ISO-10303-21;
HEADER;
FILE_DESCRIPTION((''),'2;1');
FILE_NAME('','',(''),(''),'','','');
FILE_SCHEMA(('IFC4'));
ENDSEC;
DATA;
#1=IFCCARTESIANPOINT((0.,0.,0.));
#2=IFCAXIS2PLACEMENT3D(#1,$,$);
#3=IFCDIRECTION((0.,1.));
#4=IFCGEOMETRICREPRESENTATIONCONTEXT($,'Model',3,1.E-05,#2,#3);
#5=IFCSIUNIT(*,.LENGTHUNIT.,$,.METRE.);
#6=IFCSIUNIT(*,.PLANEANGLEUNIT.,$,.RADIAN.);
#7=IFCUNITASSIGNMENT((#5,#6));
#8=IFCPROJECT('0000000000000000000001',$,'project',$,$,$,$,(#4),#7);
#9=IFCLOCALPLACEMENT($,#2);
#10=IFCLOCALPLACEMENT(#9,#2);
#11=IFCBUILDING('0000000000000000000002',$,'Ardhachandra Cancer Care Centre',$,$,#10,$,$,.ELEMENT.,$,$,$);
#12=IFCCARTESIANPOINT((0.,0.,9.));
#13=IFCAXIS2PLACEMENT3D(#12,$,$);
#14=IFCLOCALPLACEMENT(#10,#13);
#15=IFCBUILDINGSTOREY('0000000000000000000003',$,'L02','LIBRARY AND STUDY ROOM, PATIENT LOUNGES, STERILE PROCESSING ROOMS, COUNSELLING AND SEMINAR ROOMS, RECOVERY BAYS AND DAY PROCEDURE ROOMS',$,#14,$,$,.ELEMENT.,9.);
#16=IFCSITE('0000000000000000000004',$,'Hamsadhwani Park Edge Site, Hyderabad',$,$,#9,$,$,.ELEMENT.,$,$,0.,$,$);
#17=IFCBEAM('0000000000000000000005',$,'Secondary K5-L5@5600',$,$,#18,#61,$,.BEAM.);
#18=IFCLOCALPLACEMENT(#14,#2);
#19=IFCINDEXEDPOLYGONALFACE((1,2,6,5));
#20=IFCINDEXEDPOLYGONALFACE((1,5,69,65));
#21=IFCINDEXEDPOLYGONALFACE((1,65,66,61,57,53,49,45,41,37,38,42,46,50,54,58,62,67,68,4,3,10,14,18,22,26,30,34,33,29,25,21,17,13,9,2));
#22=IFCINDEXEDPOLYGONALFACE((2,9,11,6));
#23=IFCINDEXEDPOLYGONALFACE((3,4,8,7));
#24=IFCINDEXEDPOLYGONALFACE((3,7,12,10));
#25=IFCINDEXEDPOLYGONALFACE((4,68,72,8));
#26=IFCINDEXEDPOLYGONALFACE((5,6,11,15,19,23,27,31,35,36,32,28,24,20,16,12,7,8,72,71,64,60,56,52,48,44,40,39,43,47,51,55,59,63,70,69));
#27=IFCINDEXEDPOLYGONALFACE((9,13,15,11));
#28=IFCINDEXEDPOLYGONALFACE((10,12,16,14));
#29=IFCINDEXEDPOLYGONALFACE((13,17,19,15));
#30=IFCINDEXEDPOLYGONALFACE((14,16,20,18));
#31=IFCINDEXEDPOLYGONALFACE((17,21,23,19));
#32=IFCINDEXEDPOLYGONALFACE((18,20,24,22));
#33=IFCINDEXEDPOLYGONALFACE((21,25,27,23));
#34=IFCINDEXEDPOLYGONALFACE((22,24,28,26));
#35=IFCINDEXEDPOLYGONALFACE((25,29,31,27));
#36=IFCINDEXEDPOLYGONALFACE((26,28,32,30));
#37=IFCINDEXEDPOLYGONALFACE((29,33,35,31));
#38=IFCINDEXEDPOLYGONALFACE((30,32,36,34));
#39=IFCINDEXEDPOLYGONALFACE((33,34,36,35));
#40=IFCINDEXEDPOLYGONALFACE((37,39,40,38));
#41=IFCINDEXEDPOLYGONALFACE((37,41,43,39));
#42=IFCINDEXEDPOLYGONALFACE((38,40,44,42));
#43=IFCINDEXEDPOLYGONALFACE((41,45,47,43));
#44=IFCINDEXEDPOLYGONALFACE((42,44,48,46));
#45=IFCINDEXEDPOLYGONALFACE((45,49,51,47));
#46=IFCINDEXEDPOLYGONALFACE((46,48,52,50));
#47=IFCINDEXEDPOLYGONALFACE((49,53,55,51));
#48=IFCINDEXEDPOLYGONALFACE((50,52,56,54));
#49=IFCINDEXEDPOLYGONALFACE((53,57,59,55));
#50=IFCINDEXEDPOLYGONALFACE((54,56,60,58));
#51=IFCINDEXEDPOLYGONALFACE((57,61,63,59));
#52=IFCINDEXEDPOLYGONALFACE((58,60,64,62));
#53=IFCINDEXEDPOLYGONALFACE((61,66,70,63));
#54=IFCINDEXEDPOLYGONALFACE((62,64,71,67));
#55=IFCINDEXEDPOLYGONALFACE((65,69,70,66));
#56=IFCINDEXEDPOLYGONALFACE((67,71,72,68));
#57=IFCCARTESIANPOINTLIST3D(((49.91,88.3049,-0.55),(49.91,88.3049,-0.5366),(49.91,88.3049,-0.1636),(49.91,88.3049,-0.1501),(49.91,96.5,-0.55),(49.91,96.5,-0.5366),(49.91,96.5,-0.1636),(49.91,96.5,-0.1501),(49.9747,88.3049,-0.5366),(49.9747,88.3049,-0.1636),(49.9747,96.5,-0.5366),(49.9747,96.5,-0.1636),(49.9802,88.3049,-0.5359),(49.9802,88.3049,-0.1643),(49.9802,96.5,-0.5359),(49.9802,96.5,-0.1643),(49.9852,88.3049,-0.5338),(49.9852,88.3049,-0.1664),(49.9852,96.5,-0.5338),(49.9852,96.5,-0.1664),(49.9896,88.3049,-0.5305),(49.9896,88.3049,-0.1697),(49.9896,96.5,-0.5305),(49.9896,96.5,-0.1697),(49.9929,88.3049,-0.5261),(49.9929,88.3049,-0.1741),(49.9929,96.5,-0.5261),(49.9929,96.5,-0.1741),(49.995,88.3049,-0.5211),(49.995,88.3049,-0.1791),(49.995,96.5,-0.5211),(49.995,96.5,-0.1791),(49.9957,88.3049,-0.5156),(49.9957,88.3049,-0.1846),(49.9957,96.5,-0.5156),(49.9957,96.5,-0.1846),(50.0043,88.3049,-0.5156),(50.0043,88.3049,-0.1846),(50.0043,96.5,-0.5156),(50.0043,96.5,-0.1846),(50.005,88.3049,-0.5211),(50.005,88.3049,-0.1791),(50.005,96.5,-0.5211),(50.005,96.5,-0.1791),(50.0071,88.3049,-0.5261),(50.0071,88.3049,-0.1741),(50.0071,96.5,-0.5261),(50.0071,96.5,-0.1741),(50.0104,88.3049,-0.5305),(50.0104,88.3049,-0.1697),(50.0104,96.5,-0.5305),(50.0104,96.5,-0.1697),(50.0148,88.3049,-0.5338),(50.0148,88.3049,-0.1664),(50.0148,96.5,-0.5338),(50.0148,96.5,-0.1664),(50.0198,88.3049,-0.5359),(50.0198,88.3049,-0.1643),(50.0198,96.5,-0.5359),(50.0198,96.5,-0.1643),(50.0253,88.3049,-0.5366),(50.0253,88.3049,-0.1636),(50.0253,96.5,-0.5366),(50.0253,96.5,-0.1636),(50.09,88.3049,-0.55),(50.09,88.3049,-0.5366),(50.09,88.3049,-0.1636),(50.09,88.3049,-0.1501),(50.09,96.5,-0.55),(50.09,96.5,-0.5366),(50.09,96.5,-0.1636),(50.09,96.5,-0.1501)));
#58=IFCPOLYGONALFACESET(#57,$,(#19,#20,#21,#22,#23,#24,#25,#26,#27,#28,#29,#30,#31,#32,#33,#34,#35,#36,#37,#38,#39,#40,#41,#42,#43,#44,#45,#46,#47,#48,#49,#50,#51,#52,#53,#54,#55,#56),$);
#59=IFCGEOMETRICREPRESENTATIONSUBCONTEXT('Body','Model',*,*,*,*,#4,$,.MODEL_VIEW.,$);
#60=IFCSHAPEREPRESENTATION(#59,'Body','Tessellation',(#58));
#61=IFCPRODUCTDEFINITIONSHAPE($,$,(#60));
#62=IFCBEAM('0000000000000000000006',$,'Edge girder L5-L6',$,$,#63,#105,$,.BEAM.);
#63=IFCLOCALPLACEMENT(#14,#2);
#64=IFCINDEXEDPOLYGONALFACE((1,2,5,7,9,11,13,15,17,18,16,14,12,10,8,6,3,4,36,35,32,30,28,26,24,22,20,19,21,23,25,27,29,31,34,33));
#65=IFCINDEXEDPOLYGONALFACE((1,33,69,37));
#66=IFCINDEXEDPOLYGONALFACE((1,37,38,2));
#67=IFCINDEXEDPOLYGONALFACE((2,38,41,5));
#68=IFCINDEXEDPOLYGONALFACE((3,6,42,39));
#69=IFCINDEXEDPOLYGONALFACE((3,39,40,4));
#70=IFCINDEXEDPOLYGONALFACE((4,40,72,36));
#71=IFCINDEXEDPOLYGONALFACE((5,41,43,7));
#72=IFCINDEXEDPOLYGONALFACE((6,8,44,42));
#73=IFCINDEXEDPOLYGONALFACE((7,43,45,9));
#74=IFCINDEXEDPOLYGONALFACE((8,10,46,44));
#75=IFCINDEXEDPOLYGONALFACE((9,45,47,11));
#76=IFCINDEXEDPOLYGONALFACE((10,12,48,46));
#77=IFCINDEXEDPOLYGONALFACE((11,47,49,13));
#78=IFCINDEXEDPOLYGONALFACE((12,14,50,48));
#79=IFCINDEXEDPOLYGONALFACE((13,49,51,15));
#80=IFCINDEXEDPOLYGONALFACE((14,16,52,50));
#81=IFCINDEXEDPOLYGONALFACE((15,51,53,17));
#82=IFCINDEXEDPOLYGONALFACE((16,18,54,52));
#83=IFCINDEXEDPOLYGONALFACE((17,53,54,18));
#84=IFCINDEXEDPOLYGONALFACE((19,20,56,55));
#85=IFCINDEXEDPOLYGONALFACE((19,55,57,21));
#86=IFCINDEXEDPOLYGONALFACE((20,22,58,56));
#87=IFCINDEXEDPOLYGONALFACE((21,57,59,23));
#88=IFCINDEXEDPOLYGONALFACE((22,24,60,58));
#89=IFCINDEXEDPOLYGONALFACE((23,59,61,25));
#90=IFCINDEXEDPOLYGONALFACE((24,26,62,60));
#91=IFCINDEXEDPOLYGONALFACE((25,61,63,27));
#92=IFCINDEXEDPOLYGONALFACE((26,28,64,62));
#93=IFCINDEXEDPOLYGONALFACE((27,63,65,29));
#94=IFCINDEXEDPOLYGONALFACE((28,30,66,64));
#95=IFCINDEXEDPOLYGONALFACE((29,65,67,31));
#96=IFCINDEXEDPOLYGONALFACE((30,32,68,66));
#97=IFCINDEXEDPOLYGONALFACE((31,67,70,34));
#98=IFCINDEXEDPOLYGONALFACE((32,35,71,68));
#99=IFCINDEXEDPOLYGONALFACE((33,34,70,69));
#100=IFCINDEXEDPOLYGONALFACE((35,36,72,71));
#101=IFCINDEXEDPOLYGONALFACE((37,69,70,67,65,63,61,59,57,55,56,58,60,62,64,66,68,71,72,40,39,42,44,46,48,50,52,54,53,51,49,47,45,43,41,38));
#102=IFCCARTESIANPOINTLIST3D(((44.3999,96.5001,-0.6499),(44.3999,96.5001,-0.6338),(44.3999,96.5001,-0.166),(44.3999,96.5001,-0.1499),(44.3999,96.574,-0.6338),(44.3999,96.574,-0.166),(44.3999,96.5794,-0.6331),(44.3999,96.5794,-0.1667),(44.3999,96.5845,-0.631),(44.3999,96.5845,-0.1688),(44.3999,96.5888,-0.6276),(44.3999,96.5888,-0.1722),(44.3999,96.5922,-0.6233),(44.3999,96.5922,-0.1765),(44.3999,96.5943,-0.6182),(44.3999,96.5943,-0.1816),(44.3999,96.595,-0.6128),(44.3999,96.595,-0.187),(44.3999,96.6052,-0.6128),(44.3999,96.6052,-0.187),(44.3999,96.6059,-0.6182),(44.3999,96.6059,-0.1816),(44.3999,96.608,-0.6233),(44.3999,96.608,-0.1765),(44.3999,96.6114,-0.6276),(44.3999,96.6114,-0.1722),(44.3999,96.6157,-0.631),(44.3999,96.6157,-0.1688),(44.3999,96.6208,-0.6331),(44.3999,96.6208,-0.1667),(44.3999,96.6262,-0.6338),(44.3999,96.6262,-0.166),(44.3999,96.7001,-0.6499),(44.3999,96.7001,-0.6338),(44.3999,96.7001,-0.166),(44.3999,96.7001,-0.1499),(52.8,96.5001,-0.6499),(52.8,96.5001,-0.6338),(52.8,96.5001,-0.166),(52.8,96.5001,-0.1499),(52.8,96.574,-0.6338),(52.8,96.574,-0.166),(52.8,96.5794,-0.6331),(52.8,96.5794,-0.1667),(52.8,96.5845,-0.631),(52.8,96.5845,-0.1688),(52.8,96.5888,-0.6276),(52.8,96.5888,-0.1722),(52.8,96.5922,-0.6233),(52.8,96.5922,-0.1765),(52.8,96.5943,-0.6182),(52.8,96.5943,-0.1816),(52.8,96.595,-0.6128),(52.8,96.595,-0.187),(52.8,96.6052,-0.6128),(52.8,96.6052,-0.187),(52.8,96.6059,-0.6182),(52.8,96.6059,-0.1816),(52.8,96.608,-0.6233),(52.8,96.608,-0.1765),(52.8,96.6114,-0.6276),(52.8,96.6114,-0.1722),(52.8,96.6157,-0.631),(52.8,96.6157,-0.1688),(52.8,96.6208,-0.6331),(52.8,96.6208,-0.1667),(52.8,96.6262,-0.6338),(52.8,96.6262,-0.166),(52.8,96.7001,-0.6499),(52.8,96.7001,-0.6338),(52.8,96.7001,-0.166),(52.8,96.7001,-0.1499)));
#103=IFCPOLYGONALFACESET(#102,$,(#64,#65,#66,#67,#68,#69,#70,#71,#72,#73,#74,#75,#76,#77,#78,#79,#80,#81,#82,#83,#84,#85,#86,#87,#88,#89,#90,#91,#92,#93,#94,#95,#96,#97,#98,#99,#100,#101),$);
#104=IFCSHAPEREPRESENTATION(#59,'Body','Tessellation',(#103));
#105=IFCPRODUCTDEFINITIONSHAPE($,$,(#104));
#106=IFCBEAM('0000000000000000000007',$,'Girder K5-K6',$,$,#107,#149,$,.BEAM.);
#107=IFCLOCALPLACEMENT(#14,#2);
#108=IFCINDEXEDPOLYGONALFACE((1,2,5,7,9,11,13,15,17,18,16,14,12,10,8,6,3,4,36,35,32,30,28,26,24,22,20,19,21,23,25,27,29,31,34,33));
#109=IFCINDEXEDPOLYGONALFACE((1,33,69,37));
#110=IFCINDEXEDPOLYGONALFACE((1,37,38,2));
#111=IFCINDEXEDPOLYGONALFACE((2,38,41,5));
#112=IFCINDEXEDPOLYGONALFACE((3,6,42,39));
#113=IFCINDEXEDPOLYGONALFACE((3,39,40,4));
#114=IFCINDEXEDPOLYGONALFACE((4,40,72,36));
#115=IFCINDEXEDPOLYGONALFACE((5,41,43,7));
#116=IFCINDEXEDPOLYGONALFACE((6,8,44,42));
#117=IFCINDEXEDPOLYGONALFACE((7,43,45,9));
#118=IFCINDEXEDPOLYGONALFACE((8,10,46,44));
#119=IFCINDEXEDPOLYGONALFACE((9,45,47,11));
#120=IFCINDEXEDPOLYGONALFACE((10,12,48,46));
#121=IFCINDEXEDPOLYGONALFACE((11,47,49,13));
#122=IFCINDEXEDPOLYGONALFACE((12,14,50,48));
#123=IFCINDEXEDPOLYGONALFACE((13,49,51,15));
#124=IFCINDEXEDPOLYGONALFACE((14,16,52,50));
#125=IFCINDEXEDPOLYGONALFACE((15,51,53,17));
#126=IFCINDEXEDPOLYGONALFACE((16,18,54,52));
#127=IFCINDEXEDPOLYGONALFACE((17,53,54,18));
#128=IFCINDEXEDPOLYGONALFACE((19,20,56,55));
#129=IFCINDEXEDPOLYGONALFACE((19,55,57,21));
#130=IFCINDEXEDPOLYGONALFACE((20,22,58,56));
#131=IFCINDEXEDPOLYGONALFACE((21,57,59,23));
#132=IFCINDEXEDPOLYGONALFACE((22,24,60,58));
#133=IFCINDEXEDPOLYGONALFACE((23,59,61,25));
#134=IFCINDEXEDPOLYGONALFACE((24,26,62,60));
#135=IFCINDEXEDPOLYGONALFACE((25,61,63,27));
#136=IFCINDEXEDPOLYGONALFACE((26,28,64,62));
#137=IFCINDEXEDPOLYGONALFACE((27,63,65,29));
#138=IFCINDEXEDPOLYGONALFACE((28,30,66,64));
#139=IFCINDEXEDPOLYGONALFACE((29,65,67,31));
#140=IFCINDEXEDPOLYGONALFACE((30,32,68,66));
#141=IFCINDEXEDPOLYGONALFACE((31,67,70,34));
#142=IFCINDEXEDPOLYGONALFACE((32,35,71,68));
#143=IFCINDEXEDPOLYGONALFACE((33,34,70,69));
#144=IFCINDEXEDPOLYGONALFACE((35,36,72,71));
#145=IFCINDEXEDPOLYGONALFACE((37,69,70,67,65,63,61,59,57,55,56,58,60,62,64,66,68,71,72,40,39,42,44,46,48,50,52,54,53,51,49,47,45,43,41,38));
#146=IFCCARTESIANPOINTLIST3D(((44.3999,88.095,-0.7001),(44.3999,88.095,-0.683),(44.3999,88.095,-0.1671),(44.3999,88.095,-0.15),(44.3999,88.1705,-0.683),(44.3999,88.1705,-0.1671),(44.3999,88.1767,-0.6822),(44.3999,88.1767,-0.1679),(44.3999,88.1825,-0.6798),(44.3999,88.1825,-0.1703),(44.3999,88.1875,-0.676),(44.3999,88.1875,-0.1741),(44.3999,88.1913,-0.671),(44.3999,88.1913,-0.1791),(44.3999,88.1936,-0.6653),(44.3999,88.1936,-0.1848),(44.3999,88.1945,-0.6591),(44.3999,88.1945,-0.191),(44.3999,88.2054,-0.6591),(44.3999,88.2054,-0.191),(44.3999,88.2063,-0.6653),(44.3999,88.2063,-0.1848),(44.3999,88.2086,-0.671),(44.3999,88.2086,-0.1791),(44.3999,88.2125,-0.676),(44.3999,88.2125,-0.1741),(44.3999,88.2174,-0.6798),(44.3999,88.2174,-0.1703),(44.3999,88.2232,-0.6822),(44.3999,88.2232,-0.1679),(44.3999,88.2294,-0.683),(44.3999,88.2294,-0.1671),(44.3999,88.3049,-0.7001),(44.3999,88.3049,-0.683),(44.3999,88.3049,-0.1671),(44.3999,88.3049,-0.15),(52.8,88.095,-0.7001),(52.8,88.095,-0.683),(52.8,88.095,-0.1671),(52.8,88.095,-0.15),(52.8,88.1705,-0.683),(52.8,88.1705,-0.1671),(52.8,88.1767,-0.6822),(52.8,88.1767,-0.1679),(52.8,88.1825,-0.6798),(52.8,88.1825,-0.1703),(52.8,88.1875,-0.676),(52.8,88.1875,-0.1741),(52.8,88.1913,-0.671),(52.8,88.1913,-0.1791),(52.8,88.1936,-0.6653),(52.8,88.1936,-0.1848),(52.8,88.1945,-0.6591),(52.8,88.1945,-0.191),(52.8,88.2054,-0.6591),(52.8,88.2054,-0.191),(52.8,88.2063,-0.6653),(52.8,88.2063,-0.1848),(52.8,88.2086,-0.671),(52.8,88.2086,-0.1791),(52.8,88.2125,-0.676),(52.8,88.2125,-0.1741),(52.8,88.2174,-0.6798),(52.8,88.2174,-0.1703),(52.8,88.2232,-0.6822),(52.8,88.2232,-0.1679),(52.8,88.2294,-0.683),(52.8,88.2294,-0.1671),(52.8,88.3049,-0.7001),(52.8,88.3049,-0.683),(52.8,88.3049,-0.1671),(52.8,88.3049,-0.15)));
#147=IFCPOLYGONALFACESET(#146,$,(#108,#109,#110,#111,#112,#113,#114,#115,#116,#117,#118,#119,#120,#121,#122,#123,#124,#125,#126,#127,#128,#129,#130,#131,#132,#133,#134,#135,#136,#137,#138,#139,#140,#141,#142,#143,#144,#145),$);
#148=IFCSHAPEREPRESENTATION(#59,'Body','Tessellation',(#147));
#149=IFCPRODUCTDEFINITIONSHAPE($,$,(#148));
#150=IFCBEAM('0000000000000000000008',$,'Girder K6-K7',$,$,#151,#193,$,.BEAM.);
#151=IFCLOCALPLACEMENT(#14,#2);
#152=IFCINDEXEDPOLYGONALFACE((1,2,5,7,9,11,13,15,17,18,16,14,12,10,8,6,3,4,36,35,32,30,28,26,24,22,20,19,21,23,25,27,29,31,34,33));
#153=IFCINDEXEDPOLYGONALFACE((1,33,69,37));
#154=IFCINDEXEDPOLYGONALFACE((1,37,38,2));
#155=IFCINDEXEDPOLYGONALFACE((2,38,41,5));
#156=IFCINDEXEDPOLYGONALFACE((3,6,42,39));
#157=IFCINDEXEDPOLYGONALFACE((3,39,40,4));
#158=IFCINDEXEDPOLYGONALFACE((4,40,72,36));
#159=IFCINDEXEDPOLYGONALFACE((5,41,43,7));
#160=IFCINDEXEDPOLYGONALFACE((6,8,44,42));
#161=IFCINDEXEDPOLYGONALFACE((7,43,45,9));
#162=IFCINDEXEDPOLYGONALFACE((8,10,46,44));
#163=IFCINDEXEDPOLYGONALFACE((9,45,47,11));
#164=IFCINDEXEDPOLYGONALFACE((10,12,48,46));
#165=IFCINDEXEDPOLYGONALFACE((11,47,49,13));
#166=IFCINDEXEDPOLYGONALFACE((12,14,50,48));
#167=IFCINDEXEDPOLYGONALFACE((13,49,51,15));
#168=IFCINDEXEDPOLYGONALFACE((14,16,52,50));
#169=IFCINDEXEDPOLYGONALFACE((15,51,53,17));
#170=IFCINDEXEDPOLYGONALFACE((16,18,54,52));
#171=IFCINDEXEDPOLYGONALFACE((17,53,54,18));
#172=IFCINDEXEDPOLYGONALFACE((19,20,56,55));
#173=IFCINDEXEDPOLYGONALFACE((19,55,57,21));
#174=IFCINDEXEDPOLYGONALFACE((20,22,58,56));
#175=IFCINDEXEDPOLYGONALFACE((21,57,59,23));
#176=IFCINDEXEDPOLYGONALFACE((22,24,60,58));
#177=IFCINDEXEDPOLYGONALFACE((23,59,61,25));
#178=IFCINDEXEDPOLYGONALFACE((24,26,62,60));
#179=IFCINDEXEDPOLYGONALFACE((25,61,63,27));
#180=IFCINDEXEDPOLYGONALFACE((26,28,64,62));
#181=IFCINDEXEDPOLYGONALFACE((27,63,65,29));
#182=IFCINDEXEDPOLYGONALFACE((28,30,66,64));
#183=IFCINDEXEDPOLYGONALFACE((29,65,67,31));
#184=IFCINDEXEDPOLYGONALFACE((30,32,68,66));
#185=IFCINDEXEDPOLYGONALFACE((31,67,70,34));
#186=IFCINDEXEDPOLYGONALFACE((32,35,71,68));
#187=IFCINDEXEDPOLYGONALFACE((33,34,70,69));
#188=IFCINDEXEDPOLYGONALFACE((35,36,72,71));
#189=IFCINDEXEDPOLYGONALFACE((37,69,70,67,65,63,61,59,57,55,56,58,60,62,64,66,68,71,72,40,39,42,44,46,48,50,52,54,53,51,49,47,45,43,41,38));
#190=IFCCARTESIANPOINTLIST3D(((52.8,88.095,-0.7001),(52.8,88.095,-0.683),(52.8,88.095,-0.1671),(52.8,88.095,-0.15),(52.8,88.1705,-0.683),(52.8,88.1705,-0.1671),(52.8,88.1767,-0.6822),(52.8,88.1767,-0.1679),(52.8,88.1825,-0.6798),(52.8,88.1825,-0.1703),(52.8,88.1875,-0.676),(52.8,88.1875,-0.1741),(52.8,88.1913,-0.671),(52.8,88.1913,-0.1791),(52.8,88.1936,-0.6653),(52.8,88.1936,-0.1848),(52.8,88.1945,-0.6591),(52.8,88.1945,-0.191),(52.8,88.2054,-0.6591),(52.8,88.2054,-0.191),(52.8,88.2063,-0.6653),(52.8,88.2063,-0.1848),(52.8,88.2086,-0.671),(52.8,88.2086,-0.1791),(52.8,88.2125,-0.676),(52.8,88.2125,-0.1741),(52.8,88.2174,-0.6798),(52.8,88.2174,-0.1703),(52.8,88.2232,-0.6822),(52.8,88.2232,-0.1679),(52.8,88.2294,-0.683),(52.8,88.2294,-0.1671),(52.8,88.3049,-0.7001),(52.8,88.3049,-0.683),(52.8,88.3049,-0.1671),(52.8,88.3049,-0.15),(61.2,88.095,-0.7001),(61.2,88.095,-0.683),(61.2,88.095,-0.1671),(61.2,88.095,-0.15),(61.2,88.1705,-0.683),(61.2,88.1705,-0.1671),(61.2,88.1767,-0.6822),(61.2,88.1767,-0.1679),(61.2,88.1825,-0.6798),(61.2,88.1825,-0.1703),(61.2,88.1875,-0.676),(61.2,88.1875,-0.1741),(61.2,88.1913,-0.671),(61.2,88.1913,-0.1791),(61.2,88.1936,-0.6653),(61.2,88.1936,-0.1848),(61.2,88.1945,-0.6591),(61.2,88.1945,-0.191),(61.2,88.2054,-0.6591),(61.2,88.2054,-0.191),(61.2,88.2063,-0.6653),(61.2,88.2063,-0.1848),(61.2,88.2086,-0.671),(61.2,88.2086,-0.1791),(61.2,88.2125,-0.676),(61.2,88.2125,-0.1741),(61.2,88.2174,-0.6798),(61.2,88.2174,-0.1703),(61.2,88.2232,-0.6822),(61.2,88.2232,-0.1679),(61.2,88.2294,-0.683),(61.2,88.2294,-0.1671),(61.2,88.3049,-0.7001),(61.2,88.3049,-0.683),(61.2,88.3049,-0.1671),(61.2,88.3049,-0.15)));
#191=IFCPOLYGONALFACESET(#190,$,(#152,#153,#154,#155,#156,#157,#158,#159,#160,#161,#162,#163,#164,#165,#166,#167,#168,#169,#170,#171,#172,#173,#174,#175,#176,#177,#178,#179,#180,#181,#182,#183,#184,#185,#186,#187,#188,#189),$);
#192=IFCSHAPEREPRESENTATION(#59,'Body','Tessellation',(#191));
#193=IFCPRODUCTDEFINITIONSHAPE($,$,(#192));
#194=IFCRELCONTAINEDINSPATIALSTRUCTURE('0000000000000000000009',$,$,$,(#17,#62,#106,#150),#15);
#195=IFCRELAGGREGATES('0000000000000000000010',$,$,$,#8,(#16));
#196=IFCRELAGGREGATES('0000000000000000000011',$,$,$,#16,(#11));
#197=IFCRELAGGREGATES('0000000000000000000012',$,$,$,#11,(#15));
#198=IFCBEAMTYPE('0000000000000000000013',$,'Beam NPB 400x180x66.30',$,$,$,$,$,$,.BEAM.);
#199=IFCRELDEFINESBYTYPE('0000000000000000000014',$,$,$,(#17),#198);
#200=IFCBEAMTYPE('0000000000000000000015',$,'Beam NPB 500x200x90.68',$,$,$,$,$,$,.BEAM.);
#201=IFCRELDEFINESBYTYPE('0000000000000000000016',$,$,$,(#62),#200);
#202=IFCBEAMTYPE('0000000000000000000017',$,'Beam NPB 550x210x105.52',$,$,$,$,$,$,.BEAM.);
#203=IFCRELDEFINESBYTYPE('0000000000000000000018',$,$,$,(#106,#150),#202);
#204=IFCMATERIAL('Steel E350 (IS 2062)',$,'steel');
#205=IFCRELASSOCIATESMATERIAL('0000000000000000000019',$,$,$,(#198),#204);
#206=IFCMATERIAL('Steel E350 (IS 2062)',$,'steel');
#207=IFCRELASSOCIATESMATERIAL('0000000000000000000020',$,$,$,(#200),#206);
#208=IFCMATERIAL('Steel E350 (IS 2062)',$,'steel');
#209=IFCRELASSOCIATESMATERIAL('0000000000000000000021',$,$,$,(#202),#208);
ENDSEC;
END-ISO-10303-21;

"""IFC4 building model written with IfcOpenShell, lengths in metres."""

from ifc_helpers import new_model, si_unit, direction, frame, origin, origin_2d, place, context, subcontext, project, spatial, i_section, extrude, material, material_profile, profile_set, type_object, element, save


model = new_model("IFC4")

# Units and contexts
model_context = context("Model", 3, precision=1e-05, world=origin(), true_north=direction((0.0, 1.0)))
body_context = subcontext(model_context, "Body", "Model", "MODEL_VIEW")
ifc_project = project(units=[si_unit("LENGTHUNIT", "METRE"), si_unit("PLANEANGLEUNIT", "RADIAN")], contexts=[model_context])

# Site, building, storey
site_placement = place(None, origin())
site = spatial("IfcSite", under=ifc_project, at=site_placement, Name="Hamsadhwani Park Edge Site, Hyderabad", CompositionType="ELEMENT", RefElevation=0.0)
building_placement = place(site_placement, origin())
building = spatial("IfcBuilding", under=site, at=building_placement, Name="Ardhachandra Cancer Care Centre", CompositionType="ELEMENT")
storey_placement = place(building_placement, frame((0.0, 0.0, 9.0)))
storey = spatial("IfcBuildingStorey", under=building, at=storey_placement, Name="L02", Description="LIBRARY AND STUDY ROOM, PATIENT LOUNGES, STERILE PROCESSING ROOMS, COUNSELLING AND SEMINAR ROOMS, RECOVERY BAYS AND DAY PROCEDURE ROOMS", CompositionType="ELEMENT", Elevation=9.0)

# Beams
ifc_material_1 = material(Name="Steel E350 (IS 2062)", Category="steel")
ifc_material_profile_1 = material_profile(ifc_material_1, i_section(OverallWidth=0.1799, OverallDepth=0.3999, WebThickness=0.0085, FlangeThickness=0.0134, FilletRadius=0.021, at=origin_2d()), Name="NPB 400x180x66.30")
ifc_profile_set_1 = profile_set([ifc_material_profile_1], Name="Steel E350 (IS 2062)")
beam_type_1 = type_object("IfcBeamType", Name="Beam NPB 400x180x66.30", PredefinedType="BEAM", material=ifc_profile_set_1)
beam_1_placement = place(storey_placement, frame((50.0, 88.3049, -0.3501), z_axis=(0.0, 1.0, 0.0), x_axis=(-1.0, 0.0, 0.0)))
element("IfcBeam", 1, at=beam_1_placement, inside=storey, type_object=beam_type_1, Name="Secondary K5-L5@5600", PredefinedType="BEAM", context=body_context, shape_type="SweptSolid", body=[
    extrude(i_section(OverallWidth=0.1799, OverallDepth=0.3999, WebThickness=0.0085, FlangeThickness=0.0134, FilletRadius=0.021, at=origin_2d()), origin(), (0.0, 0.0, 1.0), 8.1951),
])
ifc_material_2 = material(Name="Steel E350 (IS 2062)", Category="steel")
ifc_material_profile_2 = material_profile(ifc_material_2, i_section(OverallWidth=0.2, OverallDepth=0.5, WebThickness=0.0103, FlangeThickness=0.0161, FilletRadius=0.021, at=origin_2d()), Name="NPB 500x200x90.68")
ifc_profile_set_2 = profile_set([ifc_material_profile_2], Name="Steel E350 (IS 2062)")
beam_type_2 = type_object("IfcBeamType", Name="Beam NPB 500x200x90.68", PredefinedType="BEAM", material=ifc_profile_set_2)
beam_2_placement = place(storey_placement, frame((44.3999, 96.6001, -0.3999), z_axis=(1.0, 0.0, 0.0), x_axis=(0.0, 1.0, 0.0)))
element("IfcBeam", 2, at=beam_2_placement, inside=storey, type_object=beam_type_2, Name="Edge girder L5-L6", PredefinedType="BEAM", context=body_context, shape_type="SweptSolid", body=[
    extrude(i_section(OverallWidth=0.2, OverallDepth=0.5, WebThickness=0.0103, FlangeThickness=0.0161, FilletRadius=0.021, at=origin_2d()), origin(), (0.0, 0.0, 1.0), 8.4001),
])
ifc_material_3 = material(Name="Steel E350 (IS 2062)", Category="steel")
ifc_material_profile_3 = material_profile(ifc_material_3, i_section(OverallWidth=0.21, OverallDepth=0.55, WebThickness=0.011, FlangeThickness=0.0171, FilletRadius=0.0239, at=origin_2d()), Name="NPB 550x210x105.52")
ifc_profile_set_3 = profile_set([ifc_material_profile_3], Name="Steel E350 (IS 2062)")
beam_type_3 = type_object("IfcBeamType", Name="Beam NPB 550x210x105.52", PredefinedType="BEAM", material=ifc_profile_set_3)
beam_3_placement = place(storey_placement, frame((44.3999, 88.2, -0.425), z_axis=(1.0, 0.0, 0.0), x_axis=(0.0, 1.0, 0.0)))
element("IfcBeam", 3, at=beam_3_placement, inside=storey, type_object=beam_type_3, Name="Girder K5-K6", PredefinedType="BEAM", context=body_context, shape_type="SweptSolid", body=[
    extrude(i_section(OverallWidth=0.21, OverallDepth=0.55, WebThickness=0.011, FlangeThickness=0.0171, FilletRadius=0.0239, at=origin_2d()), origin(), (0.0, 0.0, 1.0), 8.4001),
])
beam_4_placement = place(storey_placement, frame((52.8, 88.2, -0.425), z_axis=(1.0, 0.0, 0.0), x_axis=(0.0, 1.0, 0.0)))
element("IfcBeam", 4, at=beam_4_placement, inside=storey, type_object=beam_type_3, Name="Girder K6-K7", PredefinedType="BEAM", context=body_context, shape_type="SweptSolid", body=[
    extrude(i_section(OverallWidth=0.21, OverallDepth=0.55, WebThickness=0.011, FlangeThickness=0.0171, FilletRadius=0.0239, at=origin_2d()), origin(), (0.0, 0.0, 1.0), 8.3999),
])

save(model, "model.ifc")
